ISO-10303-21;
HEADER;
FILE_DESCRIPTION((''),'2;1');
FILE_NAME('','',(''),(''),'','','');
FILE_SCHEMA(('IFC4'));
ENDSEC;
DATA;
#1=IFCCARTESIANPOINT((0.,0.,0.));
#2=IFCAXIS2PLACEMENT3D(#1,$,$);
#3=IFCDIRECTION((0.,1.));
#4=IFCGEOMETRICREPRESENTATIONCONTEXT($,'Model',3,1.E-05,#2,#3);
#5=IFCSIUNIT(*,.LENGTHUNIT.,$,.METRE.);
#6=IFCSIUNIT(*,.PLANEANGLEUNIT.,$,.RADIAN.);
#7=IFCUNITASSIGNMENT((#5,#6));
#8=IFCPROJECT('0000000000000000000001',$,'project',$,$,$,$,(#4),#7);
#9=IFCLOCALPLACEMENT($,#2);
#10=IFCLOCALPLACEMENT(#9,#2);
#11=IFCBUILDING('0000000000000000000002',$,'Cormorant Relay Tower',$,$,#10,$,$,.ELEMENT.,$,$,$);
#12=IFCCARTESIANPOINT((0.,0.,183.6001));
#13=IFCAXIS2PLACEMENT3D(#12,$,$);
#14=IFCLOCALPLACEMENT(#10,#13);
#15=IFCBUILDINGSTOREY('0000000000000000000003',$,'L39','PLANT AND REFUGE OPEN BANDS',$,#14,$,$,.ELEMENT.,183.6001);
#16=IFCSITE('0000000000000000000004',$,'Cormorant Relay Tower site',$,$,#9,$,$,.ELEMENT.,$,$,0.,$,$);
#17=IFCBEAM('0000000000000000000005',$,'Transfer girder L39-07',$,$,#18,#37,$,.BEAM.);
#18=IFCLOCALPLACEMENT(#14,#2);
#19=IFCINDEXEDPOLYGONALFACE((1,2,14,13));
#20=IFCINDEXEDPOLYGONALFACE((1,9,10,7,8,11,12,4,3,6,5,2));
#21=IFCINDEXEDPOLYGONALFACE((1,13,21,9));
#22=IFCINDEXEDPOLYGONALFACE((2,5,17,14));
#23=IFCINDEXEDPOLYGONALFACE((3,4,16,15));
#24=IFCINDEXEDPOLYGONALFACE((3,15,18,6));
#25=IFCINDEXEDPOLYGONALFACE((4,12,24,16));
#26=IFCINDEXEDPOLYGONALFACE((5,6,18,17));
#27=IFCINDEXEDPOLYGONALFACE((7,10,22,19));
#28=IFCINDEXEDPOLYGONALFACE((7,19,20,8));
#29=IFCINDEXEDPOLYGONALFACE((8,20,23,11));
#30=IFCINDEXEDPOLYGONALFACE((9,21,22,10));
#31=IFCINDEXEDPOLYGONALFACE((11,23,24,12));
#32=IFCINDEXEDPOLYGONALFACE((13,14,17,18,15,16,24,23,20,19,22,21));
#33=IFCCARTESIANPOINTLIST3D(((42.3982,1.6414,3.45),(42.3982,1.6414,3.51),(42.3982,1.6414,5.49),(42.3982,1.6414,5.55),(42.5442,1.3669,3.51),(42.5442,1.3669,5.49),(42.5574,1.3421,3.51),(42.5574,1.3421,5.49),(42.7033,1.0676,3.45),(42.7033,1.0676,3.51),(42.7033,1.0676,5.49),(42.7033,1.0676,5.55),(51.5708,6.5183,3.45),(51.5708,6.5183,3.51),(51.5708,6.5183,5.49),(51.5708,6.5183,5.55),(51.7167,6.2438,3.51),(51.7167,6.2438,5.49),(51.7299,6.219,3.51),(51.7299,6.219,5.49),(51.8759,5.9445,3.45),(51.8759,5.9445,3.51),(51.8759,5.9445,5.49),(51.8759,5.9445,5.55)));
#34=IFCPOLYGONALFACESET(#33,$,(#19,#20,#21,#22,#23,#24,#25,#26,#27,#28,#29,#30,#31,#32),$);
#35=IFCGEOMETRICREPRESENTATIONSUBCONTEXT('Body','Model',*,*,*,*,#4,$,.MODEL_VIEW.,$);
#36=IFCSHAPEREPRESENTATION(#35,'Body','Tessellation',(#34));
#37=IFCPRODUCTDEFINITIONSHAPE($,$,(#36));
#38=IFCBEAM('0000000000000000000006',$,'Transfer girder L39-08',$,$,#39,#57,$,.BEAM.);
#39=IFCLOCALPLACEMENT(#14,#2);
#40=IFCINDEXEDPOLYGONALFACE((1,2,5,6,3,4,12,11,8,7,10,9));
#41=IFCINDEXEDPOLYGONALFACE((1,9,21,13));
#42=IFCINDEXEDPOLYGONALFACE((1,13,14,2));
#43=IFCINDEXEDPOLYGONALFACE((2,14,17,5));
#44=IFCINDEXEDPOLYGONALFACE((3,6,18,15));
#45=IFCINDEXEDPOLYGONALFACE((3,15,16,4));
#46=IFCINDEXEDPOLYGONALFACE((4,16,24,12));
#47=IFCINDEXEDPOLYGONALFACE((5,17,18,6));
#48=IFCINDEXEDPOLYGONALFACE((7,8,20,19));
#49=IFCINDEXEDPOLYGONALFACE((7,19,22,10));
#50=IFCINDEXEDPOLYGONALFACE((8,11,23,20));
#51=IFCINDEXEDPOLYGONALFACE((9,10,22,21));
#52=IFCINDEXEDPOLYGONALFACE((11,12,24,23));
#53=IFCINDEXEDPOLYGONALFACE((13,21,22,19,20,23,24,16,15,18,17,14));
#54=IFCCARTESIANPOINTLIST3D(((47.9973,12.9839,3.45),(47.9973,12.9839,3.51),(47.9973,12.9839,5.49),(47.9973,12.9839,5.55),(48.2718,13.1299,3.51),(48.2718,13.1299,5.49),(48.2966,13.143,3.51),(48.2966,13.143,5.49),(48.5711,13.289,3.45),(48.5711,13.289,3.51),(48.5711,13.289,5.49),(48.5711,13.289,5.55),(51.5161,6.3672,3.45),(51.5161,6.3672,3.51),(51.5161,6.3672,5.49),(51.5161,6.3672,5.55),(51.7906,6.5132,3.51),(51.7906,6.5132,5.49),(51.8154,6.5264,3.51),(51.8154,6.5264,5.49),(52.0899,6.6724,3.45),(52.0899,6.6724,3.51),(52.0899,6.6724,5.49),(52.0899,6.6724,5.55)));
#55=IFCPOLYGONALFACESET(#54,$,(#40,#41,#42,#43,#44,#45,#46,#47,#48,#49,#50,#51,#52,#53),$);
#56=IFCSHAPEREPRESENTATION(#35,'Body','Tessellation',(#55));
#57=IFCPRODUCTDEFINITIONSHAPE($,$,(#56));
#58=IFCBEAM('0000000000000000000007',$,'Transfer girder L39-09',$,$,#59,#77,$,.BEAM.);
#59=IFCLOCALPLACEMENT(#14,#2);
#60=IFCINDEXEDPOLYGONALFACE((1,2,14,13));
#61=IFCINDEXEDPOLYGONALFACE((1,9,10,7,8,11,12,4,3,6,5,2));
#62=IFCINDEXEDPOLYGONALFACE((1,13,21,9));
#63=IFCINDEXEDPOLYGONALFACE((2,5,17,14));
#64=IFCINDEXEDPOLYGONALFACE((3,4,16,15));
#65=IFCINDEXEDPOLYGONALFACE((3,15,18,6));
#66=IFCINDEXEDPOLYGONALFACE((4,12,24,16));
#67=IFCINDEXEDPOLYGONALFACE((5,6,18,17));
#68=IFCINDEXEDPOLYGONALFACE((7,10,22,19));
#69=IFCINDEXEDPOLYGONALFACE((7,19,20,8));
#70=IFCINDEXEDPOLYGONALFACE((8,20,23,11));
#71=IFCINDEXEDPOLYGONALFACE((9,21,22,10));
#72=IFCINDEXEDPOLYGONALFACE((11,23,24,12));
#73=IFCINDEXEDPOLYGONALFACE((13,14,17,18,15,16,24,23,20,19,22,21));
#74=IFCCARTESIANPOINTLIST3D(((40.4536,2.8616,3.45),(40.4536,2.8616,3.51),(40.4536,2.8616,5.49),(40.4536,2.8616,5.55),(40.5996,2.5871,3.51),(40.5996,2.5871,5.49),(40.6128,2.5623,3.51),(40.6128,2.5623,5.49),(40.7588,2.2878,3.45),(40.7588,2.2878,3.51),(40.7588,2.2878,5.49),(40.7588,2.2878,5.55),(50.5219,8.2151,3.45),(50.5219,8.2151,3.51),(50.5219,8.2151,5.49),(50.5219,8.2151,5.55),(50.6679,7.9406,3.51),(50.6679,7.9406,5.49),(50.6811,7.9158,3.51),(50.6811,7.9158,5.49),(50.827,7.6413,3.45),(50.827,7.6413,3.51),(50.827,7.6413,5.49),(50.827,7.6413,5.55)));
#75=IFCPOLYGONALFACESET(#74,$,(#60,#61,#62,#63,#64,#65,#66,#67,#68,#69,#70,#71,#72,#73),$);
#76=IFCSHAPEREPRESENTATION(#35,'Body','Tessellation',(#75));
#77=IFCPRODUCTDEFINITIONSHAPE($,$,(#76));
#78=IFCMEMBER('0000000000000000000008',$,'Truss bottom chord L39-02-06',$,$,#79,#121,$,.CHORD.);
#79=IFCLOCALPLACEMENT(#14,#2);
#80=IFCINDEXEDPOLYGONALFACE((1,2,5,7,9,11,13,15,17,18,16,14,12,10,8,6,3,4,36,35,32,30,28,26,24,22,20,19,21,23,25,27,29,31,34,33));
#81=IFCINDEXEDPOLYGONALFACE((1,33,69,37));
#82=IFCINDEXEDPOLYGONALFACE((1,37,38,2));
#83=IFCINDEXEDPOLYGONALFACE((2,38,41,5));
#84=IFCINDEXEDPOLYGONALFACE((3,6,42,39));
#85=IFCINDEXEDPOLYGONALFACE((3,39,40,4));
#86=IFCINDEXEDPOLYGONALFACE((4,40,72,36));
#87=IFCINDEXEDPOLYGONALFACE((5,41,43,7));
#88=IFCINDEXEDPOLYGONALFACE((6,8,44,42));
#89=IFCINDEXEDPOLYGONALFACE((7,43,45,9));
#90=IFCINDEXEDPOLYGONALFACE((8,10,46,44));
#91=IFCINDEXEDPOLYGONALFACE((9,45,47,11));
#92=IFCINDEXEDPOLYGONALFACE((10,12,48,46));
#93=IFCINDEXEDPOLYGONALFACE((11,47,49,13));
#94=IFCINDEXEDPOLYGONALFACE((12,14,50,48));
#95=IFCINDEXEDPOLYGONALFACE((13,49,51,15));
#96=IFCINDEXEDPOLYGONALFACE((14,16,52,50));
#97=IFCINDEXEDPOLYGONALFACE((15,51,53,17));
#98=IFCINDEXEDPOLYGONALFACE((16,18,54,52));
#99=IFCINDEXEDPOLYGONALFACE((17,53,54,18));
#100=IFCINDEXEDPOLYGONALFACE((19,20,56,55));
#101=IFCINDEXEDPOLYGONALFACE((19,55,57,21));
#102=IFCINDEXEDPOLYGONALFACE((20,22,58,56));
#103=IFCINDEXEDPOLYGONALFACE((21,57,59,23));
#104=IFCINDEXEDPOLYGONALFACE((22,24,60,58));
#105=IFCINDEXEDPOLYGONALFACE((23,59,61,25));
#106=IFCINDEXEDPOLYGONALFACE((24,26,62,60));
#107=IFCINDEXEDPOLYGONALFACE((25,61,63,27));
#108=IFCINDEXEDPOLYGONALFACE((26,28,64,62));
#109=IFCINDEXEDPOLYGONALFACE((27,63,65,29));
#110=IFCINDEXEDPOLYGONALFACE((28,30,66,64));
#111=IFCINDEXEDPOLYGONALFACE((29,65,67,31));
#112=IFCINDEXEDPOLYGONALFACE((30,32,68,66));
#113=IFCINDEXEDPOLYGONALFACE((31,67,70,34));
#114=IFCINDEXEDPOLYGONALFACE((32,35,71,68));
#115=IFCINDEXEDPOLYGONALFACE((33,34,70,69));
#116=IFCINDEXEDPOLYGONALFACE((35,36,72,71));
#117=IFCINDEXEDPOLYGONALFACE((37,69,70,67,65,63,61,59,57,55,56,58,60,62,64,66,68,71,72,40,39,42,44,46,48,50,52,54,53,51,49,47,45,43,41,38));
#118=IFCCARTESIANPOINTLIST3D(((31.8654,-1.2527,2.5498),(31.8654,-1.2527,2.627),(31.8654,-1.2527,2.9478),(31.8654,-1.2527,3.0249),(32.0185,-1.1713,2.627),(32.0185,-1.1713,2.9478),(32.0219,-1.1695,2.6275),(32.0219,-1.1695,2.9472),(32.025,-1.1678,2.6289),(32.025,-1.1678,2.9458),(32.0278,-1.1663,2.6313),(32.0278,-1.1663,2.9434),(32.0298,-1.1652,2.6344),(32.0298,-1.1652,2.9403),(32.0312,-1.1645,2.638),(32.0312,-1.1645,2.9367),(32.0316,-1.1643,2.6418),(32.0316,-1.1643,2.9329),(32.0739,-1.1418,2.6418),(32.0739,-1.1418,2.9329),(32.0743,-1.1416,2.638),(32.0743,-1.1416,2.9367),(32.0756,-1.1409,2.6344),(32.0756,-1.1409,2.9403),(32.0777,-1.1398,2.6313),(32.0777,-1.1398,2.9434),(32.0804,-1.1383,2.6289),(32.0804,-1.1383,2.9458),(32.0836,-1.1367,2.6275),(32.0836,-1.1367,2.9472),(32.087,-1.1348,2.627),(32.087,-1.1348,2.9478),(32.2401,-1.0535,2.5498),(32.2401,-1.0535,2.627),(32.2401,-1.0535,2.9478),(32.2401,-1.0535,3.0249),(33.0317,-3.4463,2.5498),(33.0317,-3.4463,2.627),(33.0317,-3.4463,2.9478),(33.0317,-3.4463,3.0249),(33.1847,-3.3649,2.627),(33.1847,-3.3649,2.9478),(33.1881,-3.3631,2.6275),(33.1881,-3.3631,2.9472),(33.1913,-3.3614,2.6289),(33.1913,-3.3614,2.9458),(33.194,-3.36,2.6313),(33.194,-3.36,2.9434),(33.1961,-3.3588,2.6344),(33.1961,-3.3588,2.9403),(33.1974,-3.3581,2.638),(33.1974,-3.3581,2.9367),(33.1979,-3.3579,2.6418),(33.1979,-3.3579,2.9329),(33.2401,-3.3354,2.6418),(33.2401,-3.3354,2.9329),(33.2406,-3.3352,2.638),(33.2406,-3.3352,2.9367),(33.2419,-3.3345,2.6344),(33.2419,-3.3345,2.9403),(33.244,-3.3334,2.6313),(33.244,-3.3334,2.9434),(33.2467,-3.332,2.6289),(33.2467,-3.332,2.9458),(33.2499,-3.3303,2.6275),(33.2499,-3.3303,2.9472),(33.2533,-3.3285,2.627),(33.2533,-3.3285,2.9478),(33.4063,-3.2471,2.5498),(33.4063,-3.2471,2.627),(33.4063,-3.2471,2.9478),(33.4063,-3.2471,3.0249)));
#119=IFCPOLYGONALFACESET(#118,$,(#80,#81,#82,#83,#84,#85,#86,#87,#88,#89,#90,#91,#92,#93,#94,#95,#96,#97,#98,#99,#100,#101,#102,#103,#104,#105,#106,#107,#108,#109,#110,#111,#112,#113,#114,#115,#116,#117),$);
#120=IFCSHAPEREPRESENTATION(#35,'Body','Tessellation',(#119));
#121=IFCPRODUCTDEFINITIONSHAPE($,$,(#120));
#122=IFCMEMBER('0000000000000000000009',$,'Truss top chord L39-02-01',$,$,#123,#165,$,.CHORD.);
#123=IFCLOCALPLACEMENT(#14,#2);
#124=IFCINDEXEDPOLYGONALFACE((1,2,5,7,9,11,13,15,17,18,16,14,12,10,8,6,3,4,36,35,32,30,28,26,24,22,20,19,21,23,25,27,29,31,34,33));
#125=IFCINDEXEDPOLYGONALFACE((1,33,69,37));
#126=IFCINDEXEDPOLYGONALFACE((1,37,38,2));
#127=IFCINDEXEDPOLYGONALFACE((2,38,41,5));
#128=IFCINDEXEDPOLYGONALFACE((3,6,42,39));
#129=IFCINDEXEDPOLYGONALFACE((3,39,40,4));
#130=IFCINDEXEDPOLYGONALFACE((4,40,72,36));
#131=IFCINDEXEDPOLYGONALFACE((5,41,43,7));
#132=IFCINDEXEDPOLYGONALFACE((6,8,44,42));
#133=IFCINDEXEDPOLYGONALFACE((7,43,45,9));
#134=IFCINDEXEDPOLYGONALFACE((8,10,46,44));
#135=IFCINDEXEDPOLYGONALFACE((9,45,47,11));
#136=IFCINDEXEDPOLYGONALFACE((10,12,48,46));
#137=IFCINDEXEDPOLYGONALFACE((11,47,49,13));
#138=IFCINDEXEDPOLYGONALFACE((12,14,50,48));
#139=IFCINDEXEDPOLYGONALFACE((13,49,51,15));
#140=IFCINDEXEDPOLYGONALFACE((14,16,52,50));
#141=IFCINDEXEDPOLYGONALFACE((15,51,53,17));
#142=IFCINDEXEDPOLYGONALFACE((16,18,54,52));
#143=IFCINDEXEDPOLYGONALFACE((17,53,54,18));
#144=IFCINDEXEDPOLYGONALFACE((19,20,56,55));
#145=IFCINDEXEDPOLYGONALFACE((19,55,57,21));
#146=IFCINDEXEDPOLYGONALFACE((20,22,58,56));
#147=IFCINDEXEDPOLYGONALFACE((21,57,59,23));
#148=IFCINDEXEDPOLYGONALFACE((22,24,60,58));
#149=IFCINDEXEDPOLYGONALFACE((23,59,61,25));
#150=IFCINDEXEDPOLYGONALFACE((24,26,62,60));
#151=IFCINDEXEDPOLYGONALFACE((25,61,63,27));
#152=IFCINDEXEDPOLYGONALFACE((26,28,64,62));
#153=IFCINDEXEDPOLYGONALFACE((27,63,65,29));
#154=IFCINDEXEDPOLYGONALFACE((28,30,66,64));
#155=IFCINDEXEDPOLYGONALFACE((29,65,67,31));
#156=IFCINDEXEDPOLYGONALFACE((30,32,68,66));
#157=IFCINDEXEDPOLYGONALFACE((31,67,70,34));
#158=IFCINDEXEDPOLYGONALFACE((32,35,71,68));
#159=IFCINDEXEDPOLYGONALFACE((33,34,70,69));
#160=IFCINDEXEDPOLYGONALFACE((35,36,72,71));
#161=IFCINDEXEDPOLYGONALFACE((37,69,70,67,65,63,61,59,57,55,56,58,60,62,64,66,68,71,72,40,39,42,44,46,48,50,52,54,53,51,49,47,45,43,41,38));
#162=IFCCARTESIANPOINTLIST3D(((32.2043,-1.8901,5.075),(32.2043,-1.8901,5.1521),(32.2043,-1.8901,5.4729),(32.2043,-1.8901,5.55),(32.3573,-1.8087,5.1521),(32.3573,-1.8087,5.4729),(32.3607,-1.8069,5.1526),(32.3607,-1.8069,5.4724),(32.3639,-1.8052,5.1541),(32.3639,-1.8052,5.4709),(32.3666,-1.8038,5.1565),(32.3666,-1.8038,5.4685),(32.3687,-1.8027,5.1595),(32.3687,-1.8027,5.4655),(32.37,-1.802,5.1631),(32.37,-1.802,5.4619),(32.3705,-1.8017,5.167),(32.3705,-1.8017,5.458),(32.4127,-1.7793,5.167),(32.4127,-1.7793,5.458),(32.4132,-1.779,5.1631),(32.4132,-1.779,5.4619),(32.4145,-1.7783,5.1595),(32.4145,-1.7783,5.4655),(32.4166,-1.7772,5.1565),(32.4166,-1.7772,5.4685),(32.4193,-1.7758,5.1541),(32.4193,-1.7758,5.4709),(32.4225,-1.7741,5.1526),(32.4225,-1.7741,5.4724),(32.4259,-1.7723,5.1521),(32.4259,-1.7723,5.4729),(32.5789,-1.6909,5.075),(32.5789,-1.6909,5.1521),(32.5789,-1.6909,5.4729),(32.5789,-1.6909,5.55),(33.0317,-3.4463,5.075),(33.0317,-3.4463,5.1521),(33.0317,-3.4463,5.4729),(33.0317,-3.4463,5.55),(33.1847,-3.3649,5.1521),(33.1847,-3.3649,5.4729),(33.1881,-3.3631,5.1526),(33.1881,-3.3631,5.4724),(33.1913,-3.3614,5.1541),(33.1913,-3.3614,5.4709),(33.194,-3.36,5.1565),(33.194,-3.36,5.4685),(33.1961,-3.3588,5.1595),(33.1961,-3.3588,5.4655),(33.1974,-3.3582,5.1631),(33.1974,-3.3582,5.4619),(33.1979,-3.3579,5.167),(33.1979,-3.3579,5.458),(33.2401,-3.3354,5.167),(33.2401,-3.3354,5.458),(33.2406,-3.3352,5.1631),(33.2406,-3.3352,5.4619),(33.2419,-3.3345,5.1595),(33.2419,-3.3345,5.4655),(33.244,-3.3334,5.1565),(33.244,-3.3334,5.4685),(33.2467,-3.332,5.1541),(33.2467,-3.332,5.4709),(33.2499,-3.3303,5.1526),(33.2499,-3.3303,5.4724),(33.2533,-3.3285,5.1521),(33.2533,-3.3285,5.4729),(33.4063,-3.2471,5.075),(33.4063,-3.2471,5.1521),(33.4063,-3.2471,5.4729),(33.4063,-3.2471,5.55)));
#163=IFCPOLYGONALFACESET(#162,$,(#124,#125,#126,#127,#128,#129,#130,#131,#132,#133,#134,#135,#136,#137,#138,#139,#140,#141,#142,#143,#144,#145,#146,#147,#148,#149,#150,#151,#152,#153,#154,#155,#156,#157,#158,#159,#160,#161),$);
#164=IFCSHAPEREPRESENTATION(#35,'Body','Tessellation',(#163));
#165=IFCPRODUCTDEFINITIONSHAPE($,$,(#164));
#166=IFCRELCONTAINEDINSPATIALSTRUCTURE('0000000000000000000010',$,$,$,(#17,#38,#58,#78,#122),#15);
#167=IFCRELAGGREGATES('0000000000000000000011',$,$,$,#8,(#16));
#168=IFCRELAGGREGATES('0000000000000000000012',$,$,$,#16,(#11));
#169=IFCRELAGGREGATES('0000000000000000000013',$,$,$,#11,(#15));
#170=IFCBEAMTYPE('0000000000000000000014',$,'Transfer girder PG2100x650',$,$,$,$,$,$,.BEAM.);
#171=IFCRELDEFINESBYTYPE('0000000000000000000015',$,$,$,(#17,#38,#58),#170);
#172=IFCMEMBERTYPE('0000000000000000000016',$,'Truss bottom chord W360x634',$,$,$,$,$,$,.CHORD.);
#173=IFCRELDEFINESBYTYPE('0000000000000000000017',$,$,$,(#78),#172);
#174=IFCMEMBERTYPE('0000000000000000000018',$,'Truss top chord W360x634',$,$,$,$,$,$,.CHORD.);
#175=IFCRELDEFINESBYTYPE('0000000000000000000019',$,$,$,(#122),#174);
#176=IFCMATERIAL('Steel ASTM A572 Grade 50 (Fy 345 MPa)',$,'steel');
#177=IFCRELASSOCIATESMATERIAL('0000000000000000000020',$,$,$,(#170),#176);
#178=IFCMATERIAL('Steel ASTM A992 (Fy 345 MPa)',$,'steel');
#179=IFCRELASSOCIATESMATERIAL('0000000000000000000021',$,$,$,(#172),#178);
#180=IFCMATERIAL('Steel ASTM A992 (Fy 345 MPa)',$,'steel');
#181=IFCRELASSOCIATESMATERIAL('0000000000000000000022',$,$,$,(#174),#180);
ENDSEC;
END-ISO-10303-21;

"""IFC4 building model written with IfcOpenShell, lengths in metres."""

from ifc_helpers import new_model, si_unit, direction, frame, origin, origin_2d, place, context, subcontext, project, spatial, i_section, extrude, material, material_profile, profile_set, type_object, element, save


model = new_model("IFC4")

# Units and contexts
model_context = context("Model", 3, precision=1e-05, world=origin(), true_north=direction((0.0, 1.0)))
body_context = subcontext(model_context, "Body", "Model", "MODEL_VIEW")
ifc_project = project(units=[si_unit("LENGTHUNIT", "METRE"), si_unit("PLANEANGLEUNIT", "RADIAN")], contexts=[model_context])

# Site, building, storey
site_placement = place(None, origin())
site = spatial("IfcSite", under=ifc_project, at=site_placement, Name="Cormorant Relay Tower site", CompositionType="ELEMENT", RefElevation=0.0)
building_placement = place(site_placement, origin())
building = spatial("IfcBuilding", under=site, at=building_placement, Name="Cormorant Relay Tower", CompositionType="ELEMENT")
storey_placement = place(building_placement, frame((0.0, 0.0, 183.6001)))
storey = spatial("IfcBuildingStorey", under=building, at=storey_placement, Name="L39", Description="PLANT AND REFUGE OPEN BANDS", CompositionType="ELEMENT", Elevation=183.6001)

# Beams
ifc_material_1 = material(Name="Steel ASTM A572 Grade 50 (Fy 345 MPa)", Category="steel")
ifc_material_profile_1 = material_profile(ifc_material_1, i_section(OverallWidth=0.6499, OverallDepth=2.1001, WebThickness=0.0281, FlangeThickness=0.0601, at=origin_2d()), Name="PG2100x650")
ifc_profile_set_1 = profile_set([ifc_material_profile_1], Name="Steel ASTM A572 Grade 50 (Fy 345 MPa)")
beam_type_1 = type_object("IfcBeamType", Name="Transfer girder PG2100x650", PredefinedType="BEAM", material=ifc_profile_set_1)
beam_1_placement = place(storey_placement, frame((42.5508, 1.3545, 4.5), z_axis=(0.882956, 0.469456, 0.0), x_axis=(-0.469456, 0.882956, 0.0)))
element("IfcBeam", 1, at=beam_1_placement, inside=storey, type_object=beam_type_1, Name="Transfer girder L39-07", PredefinedType="BEAM", context=body_context, shape_type="SweptSolid", body=[
    extrude(i_section(OverallWidth=0.6499, OverallDepth=2.1001, WebThickness=0.0281, FlangeThickness=0.0601, at=origin_2d()), origin(), (0.0, 0.0, 1.0), 10.3884),
])
beam_2_placement = place(storey_placement, frame((51.803, 6.5198, 4.5), z_axis=(-0.469538, 0.882912, 0.0), x_axis=(-0.882912, -0.469538, 0.0)))
element("IfcBeam", 2, at=beam_2_placement, inside=storey, type_object=beam_type_1, Name="Transfer girder L39-08", PredefinedType="BEAM", context=body_context, shape_type="SweptSolid", body=[
    extrude(i_section(OverallWidth=0.6499, OverallDepth=2.1001, WebThickness=0.0281, FlangeThickness=0.0601, at=origin_2d()), origin(), (0.0, 0.0, 1.0), 7.4941),
])
beam_3_placement = place(storey_placement, frame((40.6062, 2.5747, 4.5), z_axis=(0.882945, 0.469477, 0.0), x_axis=(-0.469477, 0.882945, 0.0)))
element("IfcBeam", 3, at=beam_3_placement, inside=storey, type_object=beam_type_1, Name="Transfer girder L39-09", PredefinedType="BEAM", context=body_context, shape_type="SweptSolid", body=[
    extrude(i_section(OverallWidth=0.6499, OverallDepth=2.1001, WebThickness=0.0281, FlangeThickness=0.0601, at=origin_2d()), origin(), (0.0, 0.0, 1.0), 11.4031),
])

# Members
ifc_material_2 = material(Name="Steel ASTM A992 (Fy 345 MPa)", Category="steel")
ifc_material_profile_2 = material_profile(ifc_material_2, i_section(OverallWidth=0.4243, OverallDepth=0.4751, WebThickness=0.0479, FlangeThickness=0.0771, FilletRadius=0.0149, at=origin_2d()), Name="W360x634")
ifc_profile_set_2 = profile_set([ifc_material_profile_2], Name="Steel ASTM A992 (Fy 345 MPa)")
member_type_1 = type_object("IfcMemberType", Name="Truss bottom chord W360x634", PredefinedType="CHORD", material=ifc_profile_set_2)
member_1_placement = place(storey_placement, frame((33.219, -3.3467, 2.7874), z_axis=(-0.46944, 0.882964, 0.0), x_axis=(-0.882964, -0.46944, 0.0)))
element("IfcMember", 4, at=member_1_placement, inside=storey, type_object=member_type_1, Name="Truss bottom chord L39-02-06", PredefinedType="CHORD", context=body_context, shape_type="SweptSolid", body=[
    extrude(i_section(OverallWidth=0.4243, OverallDepth=0.4751, WebThickness=0.0479, FlangeThickness=0.0771, FilletRadius=0.0149, at=origin_2d()), origin(), (0.0, 0.0, 1.0), 2.4844),
])
ifc_material_3 = material(Name="Steel ASTM A992 (Fy 345 MPa)", Category="steel")
ifc_material_profile_3 = material_profile(ifc_material_3, i_section(OverallWidth=0.4243, OverallDepth=0.4751, WebThickness=0.0479, FlangeThickness=0.0771, FilletRadius=0.0149, at=origin_2d()), Name="W360x634")
ifc_profile_set_3 = profile_set([ifc_material_profile_3], Name="Steel ASTM A992 (Fy 345 MPa)")
member_type_2 = type_object("IfcMemberType", Name="Truss top chord W360x634", PredefinedType="CHORD", material=ifc_profile_set_3)
member_2_placement = place(storey_placement, frame((33.219, -3.3467, 5.3125), z_axis=(-0.469459, 0.882954, 0.0), x_axis=(-0.882954, -0.469459, 0.0)))
element("IfcMember", 5, at=member_2_placement, inside=storey, type_object=member_type_2, Name="Truss top chord L39-02-01", PredefinedType="CHORD", context=body_context, shape_type="SweptSolid", body=[
    extrude(i_section(OverallWidth=0.4243, OverallDepth=0.4751, WebThickness=0.0479, FlangeThickness=0.0771, FilletRadius=0.0149, at=origin_2d()), origin(), (0.0, 0.0, 1.0), 1.7625),
])

save(model, "model.ifc")
